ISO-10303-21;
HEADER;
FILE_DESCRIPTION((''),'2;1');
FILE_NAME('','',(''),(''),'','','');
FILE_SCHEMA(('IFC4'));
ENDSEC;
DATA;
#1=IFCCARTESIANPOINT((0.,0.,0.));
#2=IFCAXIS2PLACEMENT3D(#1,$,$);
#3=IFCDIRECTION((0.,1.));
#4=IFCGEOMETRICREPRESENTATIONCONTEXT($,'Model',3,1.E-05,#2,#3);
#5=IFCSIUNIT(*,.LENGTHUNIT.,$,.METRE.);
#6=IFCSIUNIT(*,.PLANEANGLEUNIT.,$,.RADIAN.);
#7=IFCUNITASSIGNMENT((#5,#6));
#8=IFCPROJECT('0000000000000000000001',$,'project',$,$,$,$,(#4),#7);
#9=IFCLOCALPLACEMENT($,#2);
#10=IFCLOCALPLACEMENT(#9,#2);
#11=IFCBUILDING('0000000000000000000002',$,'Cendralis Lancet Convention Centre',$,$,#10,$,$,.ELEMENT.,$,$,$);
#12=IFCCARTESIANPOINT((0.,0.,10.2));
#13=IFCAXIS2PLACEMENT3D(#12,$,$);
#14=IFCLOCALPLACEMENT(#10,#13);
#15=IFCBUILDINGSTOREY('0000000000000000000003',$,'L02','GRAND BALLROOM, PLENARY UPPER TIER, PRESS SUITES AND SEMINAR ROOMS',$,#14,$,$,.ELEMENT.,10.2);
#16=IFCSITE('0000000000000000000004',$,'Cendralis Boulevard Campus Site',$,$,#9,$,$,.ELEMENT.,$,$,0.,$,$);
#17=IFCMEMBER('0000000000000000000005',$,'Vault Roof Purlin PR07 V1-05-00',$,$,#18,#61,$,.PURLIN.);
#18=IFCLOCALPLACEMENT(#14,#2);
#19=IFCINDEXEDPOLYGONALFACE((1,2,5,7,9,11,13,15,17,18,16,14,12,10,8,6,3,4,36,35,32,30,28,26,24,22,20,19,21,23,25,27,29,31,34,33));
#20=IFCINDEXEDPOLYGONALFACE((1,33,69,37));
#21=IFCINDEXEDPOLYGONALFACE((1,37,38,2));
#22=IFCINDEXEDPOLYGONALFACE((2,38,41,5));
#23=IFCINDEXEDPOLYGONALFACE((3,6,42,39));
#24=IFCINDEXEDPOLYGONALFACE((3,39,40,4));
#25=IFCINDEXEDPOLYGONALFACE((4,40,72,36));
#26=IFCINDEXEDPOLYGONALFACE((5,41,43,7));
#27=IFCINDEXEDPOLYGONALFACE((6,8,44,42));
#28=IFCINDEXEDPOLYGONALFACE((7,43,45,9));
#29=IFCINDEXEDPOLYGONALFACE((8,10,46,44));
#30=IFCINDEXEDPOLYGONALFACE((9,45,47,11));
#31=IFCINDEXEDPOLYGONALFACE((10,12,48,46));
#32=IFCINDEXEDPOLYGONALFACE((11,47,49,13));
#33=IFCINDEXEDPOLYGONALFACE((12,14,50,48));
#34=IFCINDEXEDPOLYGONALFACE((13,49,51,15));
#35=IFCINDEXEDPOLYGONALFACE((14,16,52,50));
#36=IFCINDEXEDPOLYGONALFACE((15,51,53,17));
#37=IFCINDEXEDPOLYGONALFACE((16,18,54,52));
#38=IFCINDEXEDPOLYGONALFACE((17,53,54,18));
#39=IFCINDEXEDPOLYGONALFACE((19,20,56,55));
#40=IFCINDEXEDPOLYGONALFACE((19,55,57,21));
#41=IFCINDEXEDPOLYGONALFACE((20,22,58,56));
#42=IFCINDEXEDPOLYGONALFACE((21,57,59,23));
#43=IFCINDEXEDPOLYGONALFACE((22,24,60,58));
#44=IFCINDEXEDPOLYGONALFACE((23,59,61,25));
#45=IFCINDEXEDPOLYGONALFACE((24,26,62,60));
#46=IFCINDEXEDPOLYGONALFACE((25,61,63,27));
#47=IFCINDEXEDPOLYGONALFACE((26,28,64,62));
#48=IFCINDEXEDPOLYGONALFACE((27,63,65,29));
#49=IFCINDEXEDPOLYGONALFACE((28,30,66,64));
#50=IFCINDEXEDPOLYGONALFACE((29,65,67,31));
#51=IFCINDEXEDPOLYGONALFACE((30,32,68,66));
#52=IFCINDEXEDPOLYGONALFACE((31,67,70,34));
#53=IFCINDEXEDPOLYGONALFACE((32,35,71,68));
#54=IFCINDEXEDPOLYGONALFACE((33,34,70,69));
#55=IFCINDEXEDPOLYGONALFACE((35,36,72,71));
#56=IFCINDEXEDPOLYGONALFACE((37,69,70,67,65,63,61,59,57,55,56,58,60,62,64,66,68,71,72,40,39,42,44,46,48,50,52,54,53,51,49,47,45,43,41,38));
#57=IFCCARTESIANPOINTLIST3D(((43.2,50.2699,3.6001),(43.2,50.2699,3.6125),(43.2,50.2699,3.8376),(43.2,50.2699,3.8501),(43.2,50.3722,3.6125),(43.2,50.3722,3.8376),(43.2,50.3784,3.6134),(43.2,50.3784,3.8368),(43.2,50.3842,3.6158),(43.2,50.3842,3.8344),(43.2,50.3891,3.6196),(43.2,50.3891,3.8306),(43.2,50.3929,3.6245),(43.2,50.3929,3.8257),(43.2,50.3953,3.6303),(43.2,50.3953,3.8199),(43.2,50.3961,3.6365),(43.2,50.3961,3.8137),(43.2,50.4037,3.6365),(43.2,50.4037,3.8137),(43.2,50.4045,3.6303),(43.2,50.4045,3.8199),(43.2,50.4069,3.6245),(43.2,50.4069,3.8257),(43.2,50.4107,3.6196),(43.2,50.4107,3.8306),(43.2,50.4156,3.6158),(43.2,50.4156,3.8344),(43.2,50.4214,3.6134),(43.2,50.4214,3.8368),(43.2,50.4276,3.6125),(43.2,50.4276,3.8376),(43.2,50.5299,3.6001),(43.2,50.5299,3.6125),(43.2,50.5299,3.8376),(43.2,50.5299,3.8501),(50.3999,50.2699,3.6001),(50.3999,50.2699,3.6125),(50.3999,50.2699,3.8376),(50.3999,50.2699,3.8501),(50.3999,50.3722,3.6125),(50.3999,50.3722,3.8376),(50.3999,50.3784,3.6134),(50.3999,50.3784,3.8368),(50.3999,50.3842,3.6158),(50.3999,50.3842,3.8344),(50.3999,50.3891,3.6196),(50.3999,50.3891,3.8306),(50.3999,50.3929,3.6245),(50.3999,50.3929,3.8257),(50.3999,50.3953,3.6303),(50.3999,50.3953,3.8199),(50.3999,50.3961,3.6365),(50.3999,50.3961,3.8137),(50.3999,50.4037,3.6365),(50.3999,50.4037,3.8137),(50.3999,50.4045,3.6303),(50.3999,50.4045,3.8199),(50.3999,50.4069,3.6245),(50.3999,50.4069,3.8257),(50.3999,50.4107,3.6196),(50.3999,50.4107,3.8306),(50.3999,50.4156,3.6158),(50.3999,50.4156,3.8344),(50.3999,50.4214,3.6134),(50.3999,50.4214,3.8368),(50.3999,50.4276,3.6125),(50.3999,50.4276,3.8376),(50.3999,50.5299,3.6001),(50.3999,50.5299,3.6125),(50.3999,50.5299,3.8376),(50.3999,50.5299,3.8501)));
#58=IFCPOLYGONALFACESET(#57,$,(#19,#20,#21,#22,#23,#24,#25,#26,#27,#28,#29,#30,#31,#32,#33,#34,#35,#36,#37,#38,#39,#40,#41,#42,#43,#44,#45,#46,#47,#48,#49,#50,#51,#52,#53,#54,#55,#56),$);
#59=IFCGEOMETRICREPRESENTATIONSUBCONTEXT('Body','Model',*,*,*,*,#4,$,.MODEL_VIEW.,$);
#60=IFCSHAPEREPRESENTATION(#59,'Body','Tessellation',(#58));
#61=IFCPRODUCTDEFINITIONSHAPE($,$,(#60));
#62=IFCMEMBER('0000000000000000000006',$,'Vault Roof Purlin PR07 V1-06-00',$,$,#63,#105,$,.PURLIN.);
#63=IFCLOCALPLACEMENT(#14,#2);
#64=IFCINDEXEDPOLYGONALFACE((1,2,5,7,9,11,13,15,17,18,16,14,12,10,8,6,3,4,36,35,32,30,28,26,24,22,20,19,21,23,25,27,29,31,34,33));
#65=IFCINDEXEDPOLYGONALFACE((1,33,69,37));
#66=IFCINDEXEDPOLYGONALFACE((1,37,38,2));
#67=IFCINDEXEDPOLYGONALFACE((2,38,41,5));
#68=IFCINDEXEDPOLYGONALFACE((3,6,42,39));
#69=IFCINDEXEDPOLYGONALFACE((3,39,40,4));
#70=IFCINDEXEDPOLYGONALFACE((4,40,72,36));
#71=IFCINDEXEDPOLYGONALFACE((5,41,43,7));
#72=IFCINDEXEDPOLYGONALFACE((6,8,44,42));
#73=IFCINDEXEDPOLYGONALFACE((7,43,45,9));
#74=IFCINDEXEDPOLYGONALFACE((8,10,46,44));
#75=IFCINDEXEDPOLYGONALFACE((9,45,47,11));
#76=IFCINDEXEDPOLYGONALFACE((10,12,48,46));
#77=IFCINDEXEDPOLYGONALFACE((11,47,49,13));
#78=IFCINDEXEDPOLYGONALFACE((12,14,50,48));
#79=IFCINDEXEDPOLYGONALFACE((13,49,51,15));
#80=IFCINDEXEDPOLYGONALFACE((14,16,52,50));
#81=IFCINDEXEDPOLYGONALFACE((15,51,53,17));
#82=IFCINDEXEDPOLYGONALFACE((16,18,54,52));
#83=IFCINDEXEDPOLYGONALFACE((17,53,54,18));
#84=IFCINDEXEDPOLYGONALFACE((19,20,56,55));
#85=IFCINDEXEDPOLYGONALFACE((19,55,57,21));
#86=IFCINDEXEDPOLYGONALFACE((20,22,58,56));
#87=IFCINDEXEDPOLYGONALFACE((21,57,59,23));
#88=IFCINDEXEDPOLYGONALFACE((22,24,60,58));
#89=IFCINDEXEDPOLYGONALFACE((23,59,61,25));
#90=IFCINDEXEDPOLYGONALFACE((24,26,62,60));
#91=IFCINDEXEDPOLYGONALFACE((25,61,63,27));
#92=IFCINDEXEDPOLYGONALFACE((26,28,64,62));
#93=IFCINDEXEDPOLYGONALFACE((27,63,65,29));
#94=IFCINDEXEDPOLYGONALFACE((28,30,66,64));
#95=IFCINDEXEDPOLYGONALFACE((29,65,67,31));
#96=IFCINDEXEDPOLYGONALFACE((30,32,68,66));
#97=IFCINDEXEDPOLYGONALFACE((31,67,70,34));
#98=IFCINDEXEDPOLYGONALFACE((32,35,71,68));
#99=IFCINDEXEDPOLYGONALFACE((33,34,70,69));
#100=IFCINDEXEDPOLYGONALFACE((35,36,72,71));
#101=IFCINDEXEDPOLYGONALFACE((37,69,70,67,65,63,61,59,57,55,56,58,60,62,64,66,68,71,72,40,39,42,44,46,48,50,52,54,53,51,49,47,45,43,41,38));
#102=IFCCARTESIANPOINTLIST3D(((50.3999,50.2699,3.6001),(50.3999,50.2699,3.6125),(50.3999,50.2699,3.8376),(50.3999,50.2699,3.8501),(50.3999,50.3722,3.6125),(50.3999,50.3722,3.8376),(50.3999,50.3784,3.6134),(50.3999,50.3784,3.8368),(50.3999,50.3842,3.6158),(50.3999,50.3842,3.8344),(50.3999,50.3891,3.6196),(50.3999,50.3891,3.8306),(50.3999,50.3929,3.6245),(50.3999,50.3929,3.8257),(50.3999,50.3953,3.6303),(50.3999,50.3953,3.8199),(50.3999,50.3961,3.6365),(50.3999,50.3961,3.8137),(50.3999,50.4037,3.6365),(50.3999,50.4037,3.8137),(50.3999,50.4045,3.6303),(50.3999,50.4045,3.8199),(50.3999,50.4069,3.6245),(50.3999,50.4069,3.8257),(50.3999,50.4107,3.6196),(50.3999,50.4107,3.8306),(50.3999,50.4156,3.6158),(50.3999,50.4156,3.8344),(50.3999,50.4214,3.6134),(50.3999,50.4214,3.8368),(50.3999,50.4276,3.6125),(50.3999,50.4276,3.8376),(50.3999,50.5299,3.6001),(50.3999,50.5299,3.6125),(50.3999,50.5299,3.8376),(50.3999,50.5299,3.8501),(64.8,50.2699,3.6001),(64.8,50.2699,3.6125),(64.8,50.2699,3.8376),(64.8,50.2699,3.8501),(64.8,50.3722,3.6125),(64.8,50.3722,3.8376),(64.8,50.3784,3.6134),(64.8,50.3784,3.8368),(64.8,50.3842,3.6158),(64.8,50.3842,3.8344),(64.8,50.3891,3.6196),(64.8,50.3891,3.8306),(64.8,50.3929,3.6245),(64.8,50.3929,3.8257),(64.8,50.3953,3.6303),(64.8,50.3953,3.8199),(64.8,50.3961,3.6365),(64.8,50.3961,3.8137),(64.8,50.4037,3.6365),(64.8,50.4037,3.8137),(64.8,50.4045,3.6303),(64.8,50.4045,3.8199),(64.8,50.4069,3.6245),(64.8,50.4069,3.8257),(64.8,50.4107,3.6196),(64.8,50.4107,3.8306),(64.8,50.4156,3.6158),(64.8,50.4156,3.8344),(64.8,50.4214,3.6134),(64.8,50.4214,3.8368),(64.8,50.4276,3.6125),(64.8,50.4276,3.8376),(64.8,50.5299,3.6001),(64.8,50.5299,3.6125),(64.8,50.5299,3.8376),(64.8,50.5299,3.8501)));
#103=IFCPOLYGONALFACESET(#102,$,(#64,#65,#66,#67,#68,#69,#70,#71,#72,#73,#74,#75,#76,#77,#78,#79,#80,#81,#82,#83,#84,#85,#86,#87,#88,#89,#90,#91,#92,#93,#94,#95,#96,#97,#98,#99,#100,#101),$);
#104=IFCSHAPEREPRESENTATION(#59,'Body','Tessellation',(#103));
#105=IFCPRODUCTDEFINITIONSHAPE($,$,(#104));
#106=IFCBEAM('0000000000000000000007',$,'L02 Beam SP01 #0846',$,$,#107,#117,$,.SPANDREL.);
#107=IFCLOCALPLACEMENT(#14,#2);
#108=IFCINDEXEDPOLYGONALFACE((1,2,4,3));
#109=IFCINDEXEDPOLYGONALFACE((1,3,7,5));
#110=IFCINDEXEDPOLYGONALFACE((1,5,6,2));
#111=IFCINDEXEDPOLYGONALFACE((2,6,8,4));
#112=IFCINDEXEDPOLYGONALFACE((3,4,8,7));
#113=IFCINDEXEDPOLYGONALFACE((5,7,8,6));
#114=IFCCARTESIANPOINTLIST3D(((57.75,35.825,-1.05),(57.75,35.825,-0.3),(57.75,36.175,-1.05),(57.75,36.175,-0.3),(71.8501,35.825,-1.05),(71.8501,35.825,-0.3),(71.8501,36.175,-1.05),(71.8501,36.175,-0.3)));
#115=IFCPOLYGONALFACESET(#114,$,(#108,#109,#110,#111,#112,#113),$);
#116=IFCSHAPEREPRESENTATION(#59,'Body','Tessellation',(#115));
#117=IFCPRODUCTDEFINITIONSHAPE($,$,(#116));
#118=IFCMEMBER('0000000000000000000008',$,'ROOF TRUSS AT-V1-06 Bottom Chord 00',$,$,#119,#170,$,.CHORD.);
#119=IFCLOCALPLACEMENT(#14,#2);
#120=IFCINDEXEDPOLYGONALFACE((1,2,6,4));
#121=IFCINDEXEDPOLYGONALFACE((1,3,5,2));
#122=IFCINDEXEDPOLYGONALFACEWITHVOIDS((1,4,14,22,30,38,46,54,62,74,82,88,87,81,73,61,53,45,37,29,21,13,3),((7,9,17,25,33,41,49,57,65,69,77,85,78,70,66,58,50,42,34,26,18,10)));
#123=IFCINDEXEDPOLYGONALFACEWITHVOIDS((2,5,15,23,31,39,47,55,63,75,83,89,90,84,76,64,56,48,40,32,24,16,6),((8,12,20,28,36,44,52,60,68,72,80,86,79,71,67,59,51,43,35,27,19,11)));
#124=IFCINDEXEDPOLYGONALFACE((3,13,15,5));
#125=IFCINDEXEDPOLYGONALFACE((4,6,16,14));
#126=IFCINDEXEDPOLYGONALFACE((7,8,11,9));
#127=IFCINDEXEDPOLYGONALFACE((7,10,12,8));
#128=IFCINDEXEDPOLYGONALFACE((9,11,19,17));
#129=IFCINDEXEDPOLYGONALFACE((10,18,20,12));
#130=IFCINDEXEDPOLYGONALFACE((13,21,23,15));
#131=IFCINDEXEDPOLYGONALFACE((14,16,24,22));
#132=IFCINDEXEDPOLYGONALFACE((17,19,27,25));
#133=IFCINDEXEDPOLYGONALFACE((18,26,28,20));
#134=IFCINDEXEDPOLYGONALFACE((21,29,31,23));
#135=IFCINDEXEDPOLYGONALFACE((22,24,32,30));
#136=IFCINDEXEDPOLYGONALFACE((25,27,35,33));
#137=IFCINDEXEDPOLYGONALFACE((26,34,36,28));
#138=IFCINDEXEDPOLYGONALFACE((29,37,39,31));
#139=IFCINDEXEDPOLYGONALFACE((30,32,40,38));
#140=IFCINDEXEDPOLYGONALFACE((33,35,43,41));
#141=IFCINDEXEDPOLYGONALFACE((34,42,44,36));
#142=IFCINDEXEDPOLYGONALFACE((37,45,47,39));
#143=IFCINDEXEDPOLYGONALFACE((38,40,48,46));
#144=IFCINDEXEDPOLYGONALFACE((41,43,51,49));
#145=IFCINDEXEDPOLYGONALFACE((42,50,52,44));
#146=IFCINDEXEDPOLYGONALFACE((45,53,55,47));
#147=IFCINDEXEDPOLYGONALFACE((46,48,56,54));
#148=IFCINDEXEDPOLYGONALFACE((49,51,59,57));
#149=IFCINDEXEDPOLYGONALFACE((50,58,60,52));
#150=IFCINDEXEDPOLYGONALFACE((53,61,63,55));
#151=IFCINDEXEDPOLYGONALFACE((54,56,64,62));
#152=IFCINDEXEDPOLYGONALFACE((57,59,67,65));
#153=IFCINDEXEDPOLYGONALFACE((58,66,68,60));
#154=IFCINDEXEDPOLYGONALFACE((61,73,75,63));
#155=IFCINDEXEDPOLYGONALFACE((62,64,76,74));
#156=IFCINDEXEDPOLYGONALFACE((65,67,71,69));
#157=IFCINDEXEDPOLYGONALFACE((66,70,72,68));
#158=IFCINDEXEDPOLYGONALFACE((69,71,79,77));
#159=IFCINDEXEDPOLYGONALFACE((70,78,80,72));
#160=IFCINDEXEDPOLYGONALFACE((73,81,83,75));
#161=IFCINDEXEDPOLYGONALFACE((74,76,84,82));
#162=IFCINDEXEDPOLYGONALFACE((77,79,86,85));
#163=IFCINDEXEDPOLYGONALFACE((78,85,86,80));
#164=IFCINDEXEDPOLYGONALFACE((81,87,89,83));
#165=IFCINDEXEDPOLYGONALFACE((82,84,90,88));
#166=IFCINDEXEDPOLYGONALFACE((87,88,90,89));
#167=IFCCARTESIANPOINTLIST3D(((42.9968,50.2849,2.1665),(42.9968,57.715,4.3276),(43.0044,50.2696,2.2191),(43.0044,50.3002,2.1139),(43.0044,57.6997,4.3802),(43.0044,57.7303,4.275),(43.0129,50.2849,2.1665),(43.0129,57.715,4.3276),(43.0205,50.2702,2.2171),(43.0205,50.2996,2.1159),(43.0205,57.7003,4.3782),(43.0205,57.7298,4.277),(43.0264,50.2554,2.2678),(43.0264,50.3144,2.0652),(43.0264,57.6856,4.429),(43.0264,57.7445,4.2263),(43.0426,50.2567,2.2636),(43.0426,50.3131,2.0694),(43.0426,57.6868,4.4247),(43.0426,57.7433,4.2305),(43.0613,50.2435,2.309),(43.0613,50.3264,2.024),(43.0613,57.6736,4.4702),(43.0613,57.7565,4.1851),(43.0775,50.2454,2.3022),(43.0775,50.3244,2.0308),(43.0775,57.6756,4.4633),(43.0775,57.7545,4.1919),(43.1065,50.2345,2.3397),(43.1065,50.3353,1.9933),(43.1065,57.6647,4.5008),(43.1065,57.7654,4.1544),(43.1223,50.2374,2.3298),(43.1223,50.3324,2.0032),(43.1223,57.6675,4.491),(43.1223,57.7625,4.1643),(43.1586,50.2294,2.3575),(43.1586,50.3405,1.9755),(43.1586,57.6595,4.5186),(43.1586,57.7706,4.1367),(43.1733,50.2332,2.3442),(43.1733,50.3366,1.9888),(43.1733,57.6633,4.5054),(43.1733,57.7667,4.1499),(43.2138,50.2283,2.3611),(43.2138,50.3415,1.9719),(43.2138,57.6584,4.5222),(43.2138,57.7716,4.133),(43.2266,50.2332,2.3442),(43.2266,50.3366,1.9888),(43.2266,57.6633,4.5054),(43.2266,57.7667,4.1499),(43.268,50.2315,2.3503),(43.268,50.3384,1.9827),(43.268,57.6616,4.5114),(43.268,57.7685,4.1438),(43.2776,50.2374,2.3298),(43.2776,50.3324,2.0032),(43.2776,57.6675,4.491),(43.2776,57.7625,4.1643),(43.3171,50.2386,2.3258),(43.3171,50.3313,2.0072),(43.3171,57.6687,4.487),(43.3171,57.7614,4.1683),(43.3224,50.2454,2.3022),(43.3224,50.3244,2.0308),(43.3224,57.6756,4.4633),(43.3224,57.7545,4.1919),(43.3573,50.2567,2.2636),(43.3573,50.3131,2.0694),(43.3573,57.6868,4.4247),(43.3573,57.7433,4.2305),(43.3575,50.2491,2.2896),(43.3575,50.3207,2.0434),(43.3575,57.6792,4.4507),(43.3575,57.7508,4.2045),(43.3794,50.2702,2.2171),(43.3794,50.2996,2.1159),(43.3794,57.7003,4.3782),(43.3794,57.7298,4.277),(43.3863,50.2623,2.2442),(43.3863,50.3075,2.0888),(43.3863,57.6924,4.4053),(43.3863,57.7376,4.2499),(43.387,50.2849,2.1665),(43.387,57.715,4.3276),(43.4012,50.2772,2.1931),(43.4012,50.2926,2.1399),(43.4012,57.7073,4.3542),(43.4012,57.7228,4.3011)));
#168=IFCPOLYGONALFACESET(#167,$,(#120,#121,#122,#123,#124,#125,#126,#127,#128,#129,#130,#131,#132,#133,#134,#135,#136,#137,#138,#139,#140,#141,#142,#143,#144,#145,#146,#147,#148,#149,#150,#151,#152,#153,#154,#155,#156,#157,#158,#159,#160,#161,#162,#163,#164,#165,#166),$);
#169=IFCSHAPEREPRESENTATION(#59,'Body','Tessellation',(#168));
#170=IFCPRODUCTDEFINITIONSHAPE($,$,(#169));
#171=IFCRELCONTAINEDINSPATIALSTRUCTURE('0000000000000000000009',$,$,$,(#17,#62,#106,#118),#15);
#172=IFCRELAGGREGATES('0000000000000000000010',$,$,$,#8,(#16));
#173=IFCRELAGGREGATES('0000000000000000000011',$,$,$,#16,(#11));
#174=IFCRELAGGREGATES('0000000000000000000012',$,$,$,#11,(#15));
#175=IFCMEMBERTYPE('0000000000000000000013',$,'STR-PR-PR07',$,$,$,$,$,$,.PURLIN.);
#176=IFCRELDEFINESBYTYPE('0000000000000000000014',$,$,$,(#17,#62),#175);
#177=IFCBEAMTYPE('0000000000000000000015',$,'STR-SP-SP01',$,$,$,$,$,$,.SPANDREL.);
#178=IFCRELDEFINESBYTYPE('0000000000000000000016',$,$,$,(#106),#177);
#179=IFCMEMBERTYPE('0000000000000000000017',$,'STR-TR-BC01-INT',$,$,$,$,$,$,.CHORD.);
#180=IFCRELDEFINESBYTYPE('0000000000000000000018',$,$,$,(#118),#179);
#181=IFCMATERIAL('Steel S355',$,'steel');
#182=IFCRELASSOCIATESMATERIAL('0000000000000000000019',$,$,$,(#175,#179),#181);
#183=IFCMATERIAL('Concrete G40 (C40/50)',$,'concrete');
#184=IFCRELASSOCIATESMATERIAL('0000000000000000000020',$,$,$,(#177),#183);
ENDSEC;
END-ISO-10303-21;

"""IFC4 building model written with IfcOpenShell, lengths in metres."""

from ifc_helpers import new_model, si_unit, direction, frame, origin, origin_2d, place, context, subcontext, project, spatial, rectangle, hollow_circle, i_section, extrude, material, material_profile, profile_set, type_object, element, save


model = new_model("IFC4")

# Units and contexts
model_context = context("Model", 3, precision=1e-05, world=origin(), true_north=direction((0.0, 1.0)))
body_context = subcontext(model_context, "Body", "Model", "MODEL_VIEW")
ifc_project = project(units=[si_unit("LENGTHUNIT", "METRE"), si_unit("PLANEANGLEUNIT", "RADIAN")], contexts=[model_context])

# Site, building, storey
site_placement = place(None, origin())
site = spatial("IfcSite", under=ifc_project, at=site_placement, Name="Cendralis Boulevard Campus Site", CompositionType="ELEMENT", RefElevation=0.0)
building_placement = place(site_placement, origin())
building = spatial("IfcBuilding", under=site, at=building_placement, Name="Cendralis Lancet Convention Centre", CompositionType="ELEMENT")
storey_placement = place(building_placement, frame((0.0, 0.0, 10.2)))
storey = spatial("IfcBuildingStorey", under=building, at=storey_placement, Name="L02", Description="GRAND BALLROOM, PLENARY UPPER TIER, PRESS SUITES AND SEMINAR ROOMS", CompositionType="ELEMENT", Elevation=10.2)

# Shared definitions
ifc_material_1 = material(Name="Steel S355", Category="steel")

# Shared definitions
ifc_material_2 = material(Name="Concrete G40 (C40/50)", Category="concrete")

# Members
ifc_material_profile_1 = material_profile(ifc_material_1, i_section(OverallWidth=0.26, OverallDepth=0.25, WebThickness=0.0076, FlangeThickness=0.0125, FilletRadius=0.0239, at=origin_2d()), Name="HEA 260")
ifc_profile_set_1 = profile_set([ifc_material_profile_1], Name="Steel S355")
member_type_1 = type_object("IfcMemberType", Name="STR-PR-PR07", PredefinedType="PURLIN", material=ifc_profile_set_1)
member_1_placement = place(storey_placement, frame((43.2, 50.3999, 3.7251), z_axis=(1.0, 0.0, 0.0), x_axis=(0.0, 1.0, 0.0)))
element("IfcMember", 1, at=member_1_placement, inside=storey, type_object=member_type_1, Name="Vault Roof Purlin PR07 V1-05-00", PredefinedType="PURLIN", context=body_context, shape_type="SweptSolid", body=[
    extrude(i_section(OverallWidth=0.26, OverallDepth=0.25, WebThickness=0.0076, FlangeThickness=0.0125, FilletRadius=0.0239, at=origin_2d()), origin(), (0.0, 0.0, 1.0), 7.2),
])
member_2_placement = place(storey_placement, frame((50.3999, 50.3999, 3.7251), z_axis=(1.0, 0.0, 0.0), x_axis=(0.0, 1.0, 0.0)))
element("IfcMember", 2, at=member_2_placement, inside=storey, type_object=member_type_1, Name="Vault Roof Purlin PR07 V1-06-00", PredefinedType="PURLIN", context=body_context, shape_type="SweptSolid", body=[
    extrude(i_section(OverallWidth=0.26, OverallDepth=0.25, WebThickness=0.0076, FlangeThickness=0.0125, FilletRadius=0.0239, at=origin_2d()), origin(), (0.0, 0.0, 1.0), 14.4001),
])

# Beam
ifc_material_profile_2 = material_profile(ifc_material_2, rectangle(XDim=0.3501, YDim=0.75, at=origin_2d()), Name="RCB 350x750")
ifc_profile_set_2 = profile_set([ifc_material_profile_2], Name="Concrete G40 (C40/50)")
beam_type_1 = type_object("IfcBeamType", Name="STR-SP-SP01", PredefinedType="SPANDREL", material=ifc_profile_set_2)
beam_1_placement = place(storey_placement, frame((57.75, 36.0, -0.675), z_axis=(1.0, 0.0, 0.0), x_axis=(0.0, 1.0, 0.0)))
element("IfcBeam", 3, at=beam_1_placement, inside=storey, type_object=beam_type_1, Name="L02 Beam SP01 #0846", PredefinedType="SPANDREL", context=body_context, shape_type="SweptSolid", body=[
    extrude(rectangle(XDim=0.3501, YDim=0.75, at=origin_2d()), origin(), (0.0, 0.0, 1.0), 14.1001),
])

# Member
ifc_material_profile_3 = material_profile(ifc_material_1, hollow_circle(Radius=0.2031, WallThickness=0.0161, at=origin_2d()), Name="CHS 406.4x16.0")
ifc_profile_set_3 = profile_set([ifc_material_profile_3], Name="Steel S355")
member_type_2 = type_object("IfcMemberType", Name="STR-TR-BC01-INT", PredefinedType="CHORD", material=ifc_profile_set_3)
for number, where, z_axis, x_axis, name in (
    (4, (43.2, 50.2849, 2.1665), (0.0, 0.960208, 0.279285), (-1.0, 0.0, 0.0), "ROOF TRUSS AT-V1-06 Bottom Chord 00"),
):
    element("IfcMember", number, at=place(storey_placement, frame(where, z_axis=z_axis, x_axis=x_axis)), inside=storey, type_object=member_type_2, Name=name, PredefinedType="CHORD", context=body_context, shape_type="SweptSolid", body=[
        extrude(hollow_circle(Radius=0.2031, WallThickness=0.0161, at=origin_2d()), origin(), (0.0, 0.0, 1.0), 7.738),
    ])

save(model, "model.ifc")
